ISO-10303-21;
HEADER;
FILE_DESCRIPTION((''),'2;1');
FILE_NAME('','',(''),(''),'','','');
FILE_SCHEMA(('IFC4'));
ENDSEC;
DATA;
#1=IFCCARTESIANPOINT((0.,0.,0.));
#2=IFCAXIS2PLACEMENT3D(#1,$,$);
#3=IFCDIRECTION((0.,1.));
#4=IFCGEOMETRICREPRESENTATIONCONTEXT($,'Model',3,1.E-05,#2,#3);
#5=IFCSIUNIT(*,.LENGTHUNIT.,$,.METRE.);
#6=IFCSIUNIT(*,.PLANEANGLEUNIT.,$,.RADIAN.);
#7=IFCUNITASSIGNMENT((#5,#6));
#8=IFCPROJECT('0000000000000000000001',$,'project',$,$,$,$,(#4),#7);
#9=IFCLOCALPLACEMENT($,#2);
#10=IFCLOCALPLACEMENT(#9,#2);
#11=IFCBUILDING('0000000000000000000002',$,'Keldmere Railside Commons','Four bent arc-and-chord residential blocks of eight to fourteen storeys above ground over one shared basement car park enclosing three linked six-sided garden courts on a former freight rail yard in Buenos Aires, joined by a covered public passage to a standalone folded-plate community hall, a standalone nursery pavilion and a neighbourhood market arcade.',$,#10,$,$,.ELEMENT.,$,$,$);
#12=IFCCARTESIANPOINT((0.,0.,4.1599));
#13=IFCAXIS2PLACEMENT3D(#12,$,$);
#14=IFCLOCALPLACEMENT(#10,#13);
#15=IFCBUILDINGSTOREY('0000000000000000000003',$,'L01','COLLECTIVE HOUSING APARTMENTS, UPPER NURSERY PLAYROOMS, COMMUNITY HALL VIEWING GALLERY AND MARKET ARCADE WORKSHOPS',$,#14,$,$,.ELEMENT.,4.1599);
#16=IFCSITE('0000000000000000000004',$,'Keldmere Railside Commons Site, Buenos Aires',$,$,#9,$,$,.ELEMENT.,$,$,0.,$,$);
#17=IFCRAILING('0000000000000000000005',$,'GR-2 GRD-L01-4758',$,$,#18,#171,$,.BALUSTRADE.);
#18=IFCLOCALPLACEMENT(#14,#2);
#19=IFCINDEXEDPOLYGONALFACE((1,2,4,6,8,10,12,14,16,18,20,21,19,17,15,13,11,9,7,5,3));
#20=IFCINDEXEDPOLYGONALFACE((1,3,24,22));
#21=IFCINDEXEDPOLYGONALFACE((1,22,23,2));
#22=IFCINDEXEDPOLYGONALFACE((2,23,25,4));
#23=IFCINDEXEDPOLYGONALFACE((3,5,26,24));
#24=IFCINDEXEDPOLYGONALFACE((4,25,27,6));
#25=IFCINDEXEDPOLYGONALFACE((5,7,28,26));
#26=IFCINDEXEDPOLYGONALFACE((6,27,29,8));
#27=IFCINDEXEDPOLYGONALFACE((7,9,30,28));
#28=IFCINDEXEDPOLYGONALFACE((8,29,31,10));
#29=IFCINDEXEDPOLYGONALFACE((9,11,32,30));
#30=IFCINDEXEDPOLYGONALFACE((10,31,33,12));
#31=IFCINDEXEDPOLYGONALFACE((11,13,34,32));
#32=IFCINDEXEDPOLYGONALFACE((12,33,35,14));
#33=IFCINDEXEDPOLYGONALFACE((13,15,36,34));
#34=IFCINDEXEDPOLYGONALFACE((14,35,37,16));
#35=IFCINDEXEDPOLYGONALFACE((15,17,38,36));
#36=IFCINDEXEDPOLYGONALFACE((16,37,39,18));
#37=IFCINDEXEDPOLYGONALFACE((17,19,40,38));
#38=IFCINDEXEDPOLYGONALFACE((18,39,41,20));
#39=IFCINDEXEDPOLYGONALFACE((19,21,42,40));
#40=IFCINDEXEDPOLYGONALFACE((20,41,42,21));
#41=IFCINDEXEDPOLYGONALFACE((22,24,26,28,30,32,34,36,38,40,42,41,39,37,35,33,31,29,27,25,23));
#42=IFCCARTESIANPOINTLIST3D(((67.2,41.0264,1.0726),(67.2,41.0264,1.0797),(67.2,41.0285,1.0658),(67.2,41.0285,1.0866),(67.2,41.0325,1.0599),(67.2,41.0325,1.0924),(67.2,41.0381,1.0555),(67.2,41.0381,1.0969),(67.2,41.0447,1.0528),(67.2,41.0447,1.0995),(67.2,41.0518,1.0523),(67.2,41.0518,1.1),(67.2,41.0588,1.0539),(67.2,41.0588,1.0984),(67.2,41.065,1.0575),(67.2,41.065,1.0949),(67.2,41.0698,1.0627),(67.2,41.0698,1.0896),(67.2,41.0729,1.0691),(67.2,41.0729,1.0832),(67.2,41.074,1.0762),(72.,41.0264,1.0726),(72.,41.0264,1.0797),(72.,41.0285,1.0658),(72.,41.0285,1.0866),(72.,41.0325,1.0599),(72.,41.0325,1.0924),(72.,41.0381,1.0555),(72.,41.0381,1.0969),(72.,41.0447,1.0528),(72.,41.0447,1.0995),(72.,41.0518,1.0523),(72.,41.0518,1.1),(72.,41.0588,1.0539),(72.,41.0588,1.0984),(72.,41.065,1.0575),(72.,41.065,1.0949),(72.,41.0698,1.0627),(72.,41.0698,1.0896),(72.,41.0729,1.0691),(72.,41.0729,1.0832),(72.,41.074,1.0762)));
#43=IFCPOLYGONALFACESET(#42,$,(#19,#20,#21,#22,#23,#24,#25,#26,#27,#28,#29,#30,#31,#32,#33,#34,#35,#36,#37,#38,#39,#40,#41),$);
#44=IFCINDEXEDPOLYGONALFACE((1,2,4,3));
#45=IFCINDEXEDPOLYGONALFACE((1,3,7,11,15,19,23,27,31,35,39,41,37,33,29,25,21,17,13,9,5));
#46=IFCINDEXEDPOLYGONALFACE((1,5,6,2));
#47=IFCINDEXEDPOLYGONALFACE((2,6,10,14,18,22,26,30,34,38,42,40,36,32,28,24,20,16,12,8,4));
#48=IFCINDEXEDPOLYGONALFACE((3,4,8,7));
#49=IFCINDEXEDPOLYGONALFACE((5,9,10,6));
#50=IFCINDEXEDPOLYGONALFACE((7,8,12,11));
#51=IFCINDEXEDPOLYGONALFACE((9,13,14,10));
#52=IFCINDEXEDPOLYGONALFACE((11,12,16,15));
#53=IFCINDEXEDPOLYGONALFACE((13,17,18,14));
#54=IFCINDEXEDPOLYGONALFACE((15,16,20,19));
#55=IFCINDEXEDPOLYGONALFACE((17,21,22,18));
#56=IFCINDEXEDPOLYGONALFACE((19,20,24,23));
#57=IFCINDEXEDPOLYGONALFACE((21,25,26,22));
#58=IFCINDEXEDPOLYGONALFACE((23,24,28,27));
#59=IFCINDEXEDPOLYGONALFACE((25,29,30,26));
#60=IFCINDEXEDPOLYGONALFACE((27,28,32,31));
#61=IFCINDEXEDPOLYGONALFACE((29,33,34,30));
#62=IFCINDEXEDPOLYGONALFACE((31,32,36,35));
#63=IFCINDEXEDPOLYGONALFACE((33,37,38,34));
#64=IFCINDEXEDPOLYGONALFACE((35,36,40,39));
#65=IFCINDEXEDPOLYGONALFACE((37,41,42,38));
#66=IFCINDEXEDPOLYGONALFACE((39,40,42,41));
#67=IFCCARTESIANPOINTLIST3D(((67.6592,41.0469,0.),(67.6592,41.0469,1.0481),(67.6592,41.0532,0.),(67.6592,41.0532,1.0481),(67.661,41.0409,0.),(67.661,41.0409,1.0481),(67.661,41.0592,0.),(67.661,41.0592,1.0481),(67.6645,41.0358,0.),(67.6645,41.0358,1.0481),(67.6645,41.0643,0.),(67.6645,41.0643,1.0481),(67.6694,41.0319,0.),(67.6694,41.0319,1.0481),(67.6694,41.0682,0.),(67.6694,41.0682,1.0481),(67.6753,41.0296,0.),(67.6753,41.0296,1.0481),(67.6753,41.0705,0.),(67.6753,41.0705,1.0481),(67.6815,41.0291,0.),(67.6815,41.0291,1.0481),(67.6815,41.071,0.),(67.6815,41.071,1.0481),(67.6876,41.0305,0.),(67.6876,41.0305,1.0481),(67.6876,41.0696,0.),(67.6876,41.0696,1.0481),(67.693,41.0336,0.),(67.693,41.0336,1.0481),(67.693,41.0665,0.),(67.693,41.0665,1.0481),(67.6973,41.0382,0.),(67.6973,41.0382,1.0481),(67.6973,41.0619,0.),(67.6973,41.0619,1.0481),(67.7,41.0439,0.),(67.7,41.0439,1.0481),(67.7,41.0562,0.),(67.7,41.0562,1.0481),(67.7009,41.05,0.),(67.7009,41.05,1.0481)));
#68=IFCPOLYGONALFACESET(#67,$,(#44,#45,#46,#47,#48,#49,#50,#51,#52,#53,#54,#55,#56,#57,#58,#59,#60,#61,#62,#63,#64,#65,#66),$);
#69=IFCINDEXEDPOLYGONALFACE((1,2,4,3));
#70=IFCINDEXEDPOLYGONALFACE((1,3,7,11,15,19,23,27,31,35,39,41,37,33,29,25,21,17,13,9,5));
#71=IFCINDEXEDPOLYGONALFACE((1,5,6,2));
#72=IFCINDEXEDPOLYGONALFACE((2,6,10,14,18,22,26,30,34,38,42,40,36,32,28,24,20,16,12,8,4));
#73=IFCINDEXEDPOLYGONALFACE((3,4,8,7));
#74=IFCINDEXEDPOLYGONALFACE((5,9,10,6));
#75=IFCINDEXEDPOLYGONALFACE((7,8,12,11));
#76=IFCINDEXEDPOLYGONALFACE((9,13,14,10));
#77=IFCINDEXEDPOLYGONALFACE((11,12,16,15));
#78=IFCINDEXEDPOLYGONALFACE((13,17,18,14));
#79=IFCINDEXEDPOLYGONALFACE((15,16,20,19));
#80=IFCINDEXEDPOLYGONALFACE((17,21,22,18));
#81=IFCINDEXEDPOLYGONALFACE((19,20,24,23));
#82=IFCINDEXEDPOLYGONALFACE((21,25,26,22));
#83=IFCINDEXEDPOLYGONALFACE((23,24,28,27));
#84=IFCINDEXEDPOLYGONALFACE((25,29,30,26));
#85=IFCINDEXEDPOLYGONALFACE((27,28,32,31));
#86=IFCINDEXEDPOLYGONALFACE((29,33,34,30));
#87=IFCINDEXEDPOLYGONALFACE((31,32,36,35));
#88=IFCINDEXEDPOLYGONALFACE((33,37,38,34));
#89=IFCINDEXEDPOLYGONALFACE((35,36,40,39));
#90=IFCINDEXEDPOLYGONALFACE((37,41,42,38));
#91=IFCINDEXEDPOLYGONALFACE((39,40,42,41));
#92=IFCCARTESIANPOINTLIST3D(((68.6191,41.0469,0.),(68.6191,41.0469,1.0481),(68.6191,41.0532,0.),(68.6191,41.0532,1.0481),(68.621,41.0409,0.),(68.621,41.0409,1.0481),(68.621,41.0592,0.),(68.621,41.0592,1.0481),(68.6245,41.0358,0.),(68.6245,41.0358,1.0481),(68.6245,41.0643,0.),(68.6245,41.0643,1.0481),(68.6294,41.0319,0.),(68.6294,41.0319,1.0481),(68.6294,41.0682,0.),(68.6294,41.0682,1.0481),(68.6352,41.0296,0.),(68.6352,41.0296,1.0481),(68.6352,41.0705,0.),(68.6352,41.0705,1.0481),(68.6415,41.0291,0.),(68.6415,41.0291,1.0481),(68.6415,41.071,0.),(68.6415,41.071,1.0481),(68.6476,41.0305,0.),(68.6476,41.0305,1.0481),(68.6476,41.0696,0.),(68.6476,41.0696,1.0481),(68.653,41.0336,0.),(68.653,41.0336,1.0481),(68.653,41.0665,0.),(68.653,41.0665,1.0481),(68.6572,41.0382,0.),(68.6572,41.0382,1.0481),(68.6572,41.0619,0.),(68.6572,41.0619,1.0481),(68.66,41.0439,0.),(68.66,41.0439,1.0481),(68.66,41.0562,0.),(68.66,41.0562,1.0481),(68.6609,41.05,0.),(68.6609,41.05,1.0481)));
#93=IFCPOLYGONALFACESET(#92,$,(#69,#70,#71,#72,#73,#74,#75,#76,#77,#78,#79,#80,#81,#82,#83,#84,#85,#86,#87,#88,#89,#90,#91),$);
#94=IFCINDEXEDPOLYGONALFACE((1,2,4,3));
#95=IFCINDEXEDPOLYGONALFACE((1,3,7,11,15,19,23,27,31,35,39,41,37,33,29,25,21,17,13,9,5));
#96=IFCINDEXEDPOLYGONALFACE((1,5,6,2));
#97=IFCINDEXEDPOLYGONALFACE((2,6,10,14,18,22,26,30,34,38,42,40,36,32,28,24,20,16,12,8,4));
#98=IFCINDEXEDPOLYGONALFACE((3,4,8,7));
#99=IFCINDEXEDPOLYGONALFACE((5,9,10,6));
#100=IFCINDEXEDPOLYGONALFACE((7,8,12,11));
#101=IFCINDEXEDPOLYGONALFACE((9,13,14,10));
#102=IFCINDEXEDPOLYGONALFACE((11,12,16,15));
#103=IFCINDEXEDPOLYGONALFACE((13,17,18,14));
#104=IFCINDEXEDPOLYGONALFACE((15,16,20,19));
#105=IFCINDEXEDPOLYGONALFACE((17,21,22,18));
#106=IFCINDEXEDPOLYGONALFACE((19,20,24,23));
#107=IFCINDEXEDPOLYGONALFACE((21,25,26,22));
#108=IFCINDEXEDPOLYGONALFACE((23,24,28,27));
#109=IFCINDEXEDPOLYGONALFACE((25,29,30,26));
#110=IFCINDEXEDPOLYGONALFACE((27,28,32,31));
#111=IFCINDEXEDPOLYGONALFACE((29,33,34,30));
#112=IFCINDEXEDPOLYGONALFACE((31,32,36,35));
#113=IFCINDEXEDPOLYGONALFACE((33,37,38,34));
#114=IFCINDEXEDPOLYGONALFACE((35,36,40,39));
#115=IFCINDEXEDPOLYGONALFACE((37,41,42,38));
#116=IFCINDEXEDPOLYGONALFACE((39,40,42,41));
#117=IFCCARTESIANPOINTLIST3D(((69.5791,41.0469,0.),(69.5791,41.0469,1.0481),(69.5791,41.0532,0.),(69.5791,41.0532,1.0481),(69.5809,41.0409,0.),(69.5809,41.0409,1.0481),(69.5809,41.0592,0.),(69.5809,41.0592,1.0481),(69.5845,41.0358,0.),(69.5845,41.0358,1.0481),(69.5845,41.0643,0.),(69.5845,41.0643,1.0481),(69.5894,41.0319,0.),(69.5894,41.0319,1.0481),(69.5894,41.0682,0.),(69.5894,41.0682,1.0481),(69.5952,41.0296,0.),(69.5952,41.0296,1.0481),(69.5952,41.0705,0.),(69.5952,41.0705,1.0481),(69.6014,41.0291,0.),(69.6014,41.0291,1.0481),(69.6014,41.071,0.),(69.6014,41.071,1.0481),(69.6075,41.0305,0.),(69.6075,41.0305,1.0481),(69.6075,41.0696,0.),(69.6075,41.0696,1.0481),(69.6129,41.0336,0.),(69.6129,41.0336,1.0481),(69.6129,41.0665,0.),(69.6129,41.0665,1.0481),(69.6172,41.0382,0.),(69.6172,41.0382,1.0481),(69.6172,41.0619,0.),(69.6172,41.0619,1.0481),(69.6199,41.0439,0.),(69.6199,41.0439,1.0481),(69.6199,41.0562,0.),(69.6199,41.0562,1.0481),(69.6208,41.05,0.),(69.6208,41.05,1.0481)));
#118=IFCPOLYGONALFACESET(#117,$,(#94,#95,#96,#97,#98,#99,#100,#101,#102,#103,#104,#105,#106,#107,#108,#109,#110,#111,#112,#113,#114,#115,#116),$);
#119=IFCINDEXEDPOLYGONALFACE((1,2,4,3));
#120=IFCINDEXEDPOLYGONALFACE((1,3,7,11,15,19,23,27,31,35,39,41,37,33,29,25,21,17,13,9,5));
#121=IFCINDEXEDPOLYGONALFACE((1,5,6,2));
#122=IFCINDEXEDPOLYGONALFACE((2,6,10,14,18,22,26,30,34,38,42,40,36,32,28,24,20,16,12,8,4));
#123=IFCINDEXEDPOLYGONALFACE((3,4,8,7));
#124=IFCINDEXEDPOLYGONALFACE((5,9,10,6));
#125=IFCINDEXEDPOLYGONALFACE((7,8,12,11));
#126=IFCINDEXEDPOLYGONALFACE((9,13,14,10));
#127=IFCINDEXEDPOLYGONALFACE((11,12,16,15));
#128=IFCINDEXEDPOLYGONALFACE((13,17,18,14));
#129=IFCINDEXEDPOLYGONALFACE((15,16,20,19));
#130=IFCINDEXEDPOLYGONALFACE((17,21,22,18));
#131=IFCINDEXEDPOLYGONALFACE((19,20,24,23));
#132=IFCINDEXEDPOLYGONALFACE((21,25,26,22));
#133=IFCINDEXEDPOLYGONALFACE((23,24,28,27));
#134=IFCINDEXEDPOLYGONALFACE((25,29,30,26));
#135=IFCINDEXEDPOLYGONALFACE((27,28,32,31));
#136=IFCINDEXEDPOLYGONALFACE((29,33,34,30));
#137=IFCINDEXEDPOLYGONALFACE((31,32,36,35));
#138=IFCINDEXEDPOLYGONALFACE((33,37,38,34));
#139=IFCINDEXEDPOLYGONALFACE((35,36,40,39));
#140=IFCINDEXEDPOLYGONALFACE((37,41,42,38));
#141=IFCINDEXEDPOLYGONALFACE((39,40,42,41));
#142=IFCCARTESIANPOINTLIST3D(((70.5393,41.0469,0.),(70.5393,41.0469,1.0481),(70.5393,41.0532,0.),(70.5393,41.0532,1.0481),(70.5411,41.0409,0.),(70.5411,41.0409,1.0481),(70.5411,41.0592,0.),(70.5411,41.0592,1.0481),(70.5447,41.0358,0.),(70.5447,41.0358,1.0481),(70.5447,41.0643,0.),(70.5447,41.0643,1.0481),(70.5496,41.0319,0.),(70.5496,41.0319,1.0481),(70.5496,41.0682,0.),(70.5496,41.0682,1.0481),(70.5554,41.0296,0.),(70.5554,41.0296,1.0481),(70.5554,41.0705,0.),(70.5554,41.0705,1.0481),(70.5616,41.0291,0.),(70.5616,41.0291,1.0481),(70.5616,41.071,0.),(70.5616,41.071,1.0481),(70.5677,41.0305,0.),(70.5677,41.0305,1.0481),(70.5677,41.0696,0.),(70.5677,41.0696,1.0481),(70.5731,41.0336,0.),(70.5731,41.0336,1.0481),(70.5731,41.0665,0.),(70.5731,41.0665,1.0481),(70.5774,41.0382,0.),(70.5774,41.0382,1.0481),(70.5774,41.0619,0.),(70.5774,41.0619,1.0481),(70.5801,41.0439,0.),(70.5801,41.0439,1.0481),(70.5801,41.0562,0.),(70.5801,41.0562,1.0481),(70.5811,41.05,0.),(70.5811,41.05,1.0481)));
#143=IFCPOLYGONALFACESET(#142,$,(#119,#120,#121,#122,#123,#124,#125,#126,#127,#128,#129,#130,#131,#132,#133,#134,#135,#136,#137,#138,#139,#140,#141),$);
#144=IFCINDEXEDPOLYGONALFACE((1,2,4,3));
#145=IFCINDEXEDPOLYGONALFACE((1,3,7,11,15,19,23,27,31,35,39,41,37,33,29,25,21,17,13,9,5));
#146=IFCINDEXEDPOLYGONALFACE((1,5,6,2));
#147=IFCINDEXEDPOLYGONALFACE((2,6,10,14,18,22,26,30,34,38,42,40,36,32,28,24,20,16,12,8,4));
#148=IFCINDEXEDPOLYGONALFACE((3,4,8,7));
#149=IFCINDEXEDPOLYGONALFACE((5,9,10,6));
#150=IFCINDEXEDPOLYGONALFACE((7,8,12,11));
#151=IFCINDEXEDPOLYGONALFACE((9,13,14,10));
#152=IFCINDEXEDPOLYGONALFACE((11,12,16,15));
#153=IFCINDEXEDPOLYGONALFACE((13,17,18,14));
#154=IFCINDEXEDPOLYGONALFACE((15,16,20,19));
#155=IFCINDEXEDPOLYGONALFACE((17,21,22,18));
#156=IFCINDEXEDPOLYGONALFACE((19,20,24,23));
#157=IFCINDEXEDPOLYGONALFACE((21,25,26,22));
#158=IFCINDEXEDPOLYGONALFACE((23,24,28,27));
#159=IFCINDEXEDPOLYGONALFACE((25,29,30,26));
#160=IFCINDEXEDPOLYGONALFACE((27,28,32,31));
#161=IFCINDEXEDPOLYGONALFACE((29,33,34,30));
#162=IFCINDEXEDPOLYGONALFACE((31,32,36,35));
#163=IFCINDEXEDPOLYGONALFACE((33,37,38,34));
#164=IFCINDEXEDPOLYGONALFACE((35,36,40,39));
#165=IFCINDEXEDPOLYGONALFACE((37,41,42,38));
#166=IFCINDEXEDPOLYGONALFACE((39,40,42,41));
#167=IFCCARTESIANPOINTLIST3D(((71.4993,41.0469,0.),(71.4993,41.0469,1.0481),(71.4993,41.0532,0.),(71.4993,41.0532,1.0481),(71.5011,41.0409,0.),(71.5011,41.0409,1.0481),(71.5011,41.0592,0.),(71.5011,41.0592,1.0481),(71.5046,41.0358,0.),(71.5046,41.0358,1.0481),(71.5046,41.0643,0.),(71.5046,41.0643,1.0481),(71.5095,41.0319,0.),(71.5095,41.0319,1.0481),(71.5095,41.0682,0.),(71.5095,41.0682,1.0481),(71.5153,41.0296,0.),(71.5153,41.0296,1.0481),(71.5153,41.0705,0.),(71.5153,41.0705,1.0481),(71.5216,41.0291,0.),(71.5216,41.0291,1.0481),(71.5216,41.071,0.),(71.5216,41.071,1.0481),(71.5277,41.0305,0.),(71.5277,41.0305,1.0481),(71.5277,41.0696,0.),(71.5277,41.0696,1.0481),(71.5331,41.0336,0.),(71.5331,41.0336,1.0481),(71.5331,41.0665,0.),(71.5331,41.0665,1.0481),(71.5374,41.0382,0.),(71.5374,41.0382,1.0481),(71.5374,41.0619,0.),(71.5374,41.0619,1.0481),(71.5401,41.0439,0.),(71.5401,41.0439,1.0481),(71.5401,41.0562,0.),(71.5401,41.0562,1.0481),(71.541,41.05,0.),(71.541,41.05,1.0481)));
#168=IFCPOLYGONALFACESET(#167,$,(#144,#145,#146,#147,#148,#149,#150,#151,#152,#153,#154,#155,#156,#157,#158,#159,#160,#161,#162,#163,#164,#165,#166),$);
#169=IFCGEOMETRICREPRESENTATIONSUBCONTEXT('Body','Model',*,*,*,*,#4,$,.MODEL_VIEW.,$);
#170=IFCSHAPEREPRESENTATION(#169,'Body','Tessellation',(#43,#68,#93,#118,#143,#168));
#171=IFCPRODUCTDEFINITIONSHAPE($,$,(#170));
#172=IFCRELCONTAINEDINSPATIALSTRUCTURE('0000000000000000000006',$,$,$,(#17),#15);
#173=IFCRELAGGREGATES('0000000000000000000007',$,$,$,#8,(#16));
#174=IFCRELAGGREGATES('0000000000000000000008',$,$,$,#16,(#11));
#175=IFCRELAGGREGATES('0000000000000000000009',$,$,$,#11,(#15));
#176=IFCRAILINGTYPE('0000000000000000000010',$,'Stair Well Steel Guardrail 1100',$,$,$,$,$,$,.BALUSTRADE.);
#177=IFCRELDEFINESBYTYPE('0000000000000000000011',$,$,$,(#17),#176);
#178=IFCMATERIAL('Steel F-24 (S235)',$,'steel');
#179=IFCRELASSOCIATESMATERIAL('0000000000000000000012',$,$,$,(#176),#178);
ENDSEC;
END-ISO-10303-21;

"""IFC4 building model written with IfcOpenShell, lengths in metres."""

from ifc_helpers import new_model, si_unit, direction, frame, origin, origin_2d, place, context, subcontext, project, spatial, circle, extrude, material, type_object, element, save


model = new_model("IFC4")

# Units and contexts
model_context = context("Model", 3, precision=1e-05, world=origin(), true_north=direction((0.0, 1.0)))
body_context = subcontext(model_context, "Body", "Model", "MODEL_VIEW")
ifc_project = project(units=[si_unit("LENGTHUNIT", "METRE"), si_unit("PLANEANGLEUNIT", "RADIAN")], contexts=[model_context])

# Site, building, storey
site_placement = place(None, origin())
site = spatial("IfcSite", under=ifc_project, at=site_placement, Name="Keldmere Railside Commons Site, Buenos Aires", CompositionType="ELEMENT", RefElevation=0.0)
building_placement = place(site_placement, origin())
building = spatial("IfcBuilding", under=site, at=building_placement, Name="Keldmere Railside Commons", Description="Four bent arc-and-chord residential blocks of eight to fourteen storeys above ground over one shared basement car park enclosing three linked six-sided garden courts on a former freight rail yard in Buenos Aires, joined by a covered public passage to a standalone folded-plate community hall, a standalone nursery pavilion and a neighbourhood market arcade.", CompositionType="ELEMENT")
storey_placement = place(building_placement, frame((0.0, 0.0, 4.1599)))
storey = spatial("IfcBuildingStorey", under=building, at=storey_placement, Name="L01", Description="COLLECTIVE HOUSING APARTMENTS, UPPER NURSERY PLAYROOMS, COMMUNITY HALL VIEWING GALLERY AND MARKET ARCADE WORKSHOPS", CompositionType="ELEMENT", Elevation=4.1599)

# Railing
ifc_material_1 = material(Name="Steel F-24 (S235)", Category="steel")
railing_type = type_object("IfcRailingType", Name="Stair Well Steel Guardrail 1100", PredefinedType="BALUSTRADE", material=ifc_material_1)
railing_1_placement = place(storey_placement, frame((67.2, 41.05, 0.0)))
element("IfcRailing", 1, at=railing_1_placement, inside=storey, type_object=railing_type, Name="GR-2 GRD-L01-4758", PredefinedType="BALUSTRADE", context=body_context, shape_type="SweptSolid", body=[
    extrude(circle(Radius=0.0239, at=origin_2d()), frame((0.0, 0.0, 1.0762), z_axis=(1.0, 0.0, 0.0), x_axis=(0.0, 1.0, 0.0)), (0.0, 0.0, 1.0), 4.8),
    extrude(circle(Radius=0.021, at=origin_2d()), frame((0.48, 0.0, 0.0)), (0.0, 0.0, 1.0), 1.0481),
    extrude(circle(Radius=0.021, at=origin_2d()), frame((1.4399, 0.0, 0.0)), (0.0, 0.0, 1.0), 1.0481),
    extrude(circle(Radius=0.021, at=origin_2d()), frame((2.3999, 0.0, 0.0)), (0.0, 0.0, 1.0), 1.0481),
    extrude(circle(Radius=0.021, at=origin_2d()), frame((3.3601, 0.0, 0.0)), (0.0, 0.0, 1.0), 1.0481),
    extrude(circle(Radius=0.021, at=origin_2d()), frame((4.3201, 0.0, 0.0)), (0.0, 0.0, 1.0), 1.0481),
])

save(model, "model.ifc")
